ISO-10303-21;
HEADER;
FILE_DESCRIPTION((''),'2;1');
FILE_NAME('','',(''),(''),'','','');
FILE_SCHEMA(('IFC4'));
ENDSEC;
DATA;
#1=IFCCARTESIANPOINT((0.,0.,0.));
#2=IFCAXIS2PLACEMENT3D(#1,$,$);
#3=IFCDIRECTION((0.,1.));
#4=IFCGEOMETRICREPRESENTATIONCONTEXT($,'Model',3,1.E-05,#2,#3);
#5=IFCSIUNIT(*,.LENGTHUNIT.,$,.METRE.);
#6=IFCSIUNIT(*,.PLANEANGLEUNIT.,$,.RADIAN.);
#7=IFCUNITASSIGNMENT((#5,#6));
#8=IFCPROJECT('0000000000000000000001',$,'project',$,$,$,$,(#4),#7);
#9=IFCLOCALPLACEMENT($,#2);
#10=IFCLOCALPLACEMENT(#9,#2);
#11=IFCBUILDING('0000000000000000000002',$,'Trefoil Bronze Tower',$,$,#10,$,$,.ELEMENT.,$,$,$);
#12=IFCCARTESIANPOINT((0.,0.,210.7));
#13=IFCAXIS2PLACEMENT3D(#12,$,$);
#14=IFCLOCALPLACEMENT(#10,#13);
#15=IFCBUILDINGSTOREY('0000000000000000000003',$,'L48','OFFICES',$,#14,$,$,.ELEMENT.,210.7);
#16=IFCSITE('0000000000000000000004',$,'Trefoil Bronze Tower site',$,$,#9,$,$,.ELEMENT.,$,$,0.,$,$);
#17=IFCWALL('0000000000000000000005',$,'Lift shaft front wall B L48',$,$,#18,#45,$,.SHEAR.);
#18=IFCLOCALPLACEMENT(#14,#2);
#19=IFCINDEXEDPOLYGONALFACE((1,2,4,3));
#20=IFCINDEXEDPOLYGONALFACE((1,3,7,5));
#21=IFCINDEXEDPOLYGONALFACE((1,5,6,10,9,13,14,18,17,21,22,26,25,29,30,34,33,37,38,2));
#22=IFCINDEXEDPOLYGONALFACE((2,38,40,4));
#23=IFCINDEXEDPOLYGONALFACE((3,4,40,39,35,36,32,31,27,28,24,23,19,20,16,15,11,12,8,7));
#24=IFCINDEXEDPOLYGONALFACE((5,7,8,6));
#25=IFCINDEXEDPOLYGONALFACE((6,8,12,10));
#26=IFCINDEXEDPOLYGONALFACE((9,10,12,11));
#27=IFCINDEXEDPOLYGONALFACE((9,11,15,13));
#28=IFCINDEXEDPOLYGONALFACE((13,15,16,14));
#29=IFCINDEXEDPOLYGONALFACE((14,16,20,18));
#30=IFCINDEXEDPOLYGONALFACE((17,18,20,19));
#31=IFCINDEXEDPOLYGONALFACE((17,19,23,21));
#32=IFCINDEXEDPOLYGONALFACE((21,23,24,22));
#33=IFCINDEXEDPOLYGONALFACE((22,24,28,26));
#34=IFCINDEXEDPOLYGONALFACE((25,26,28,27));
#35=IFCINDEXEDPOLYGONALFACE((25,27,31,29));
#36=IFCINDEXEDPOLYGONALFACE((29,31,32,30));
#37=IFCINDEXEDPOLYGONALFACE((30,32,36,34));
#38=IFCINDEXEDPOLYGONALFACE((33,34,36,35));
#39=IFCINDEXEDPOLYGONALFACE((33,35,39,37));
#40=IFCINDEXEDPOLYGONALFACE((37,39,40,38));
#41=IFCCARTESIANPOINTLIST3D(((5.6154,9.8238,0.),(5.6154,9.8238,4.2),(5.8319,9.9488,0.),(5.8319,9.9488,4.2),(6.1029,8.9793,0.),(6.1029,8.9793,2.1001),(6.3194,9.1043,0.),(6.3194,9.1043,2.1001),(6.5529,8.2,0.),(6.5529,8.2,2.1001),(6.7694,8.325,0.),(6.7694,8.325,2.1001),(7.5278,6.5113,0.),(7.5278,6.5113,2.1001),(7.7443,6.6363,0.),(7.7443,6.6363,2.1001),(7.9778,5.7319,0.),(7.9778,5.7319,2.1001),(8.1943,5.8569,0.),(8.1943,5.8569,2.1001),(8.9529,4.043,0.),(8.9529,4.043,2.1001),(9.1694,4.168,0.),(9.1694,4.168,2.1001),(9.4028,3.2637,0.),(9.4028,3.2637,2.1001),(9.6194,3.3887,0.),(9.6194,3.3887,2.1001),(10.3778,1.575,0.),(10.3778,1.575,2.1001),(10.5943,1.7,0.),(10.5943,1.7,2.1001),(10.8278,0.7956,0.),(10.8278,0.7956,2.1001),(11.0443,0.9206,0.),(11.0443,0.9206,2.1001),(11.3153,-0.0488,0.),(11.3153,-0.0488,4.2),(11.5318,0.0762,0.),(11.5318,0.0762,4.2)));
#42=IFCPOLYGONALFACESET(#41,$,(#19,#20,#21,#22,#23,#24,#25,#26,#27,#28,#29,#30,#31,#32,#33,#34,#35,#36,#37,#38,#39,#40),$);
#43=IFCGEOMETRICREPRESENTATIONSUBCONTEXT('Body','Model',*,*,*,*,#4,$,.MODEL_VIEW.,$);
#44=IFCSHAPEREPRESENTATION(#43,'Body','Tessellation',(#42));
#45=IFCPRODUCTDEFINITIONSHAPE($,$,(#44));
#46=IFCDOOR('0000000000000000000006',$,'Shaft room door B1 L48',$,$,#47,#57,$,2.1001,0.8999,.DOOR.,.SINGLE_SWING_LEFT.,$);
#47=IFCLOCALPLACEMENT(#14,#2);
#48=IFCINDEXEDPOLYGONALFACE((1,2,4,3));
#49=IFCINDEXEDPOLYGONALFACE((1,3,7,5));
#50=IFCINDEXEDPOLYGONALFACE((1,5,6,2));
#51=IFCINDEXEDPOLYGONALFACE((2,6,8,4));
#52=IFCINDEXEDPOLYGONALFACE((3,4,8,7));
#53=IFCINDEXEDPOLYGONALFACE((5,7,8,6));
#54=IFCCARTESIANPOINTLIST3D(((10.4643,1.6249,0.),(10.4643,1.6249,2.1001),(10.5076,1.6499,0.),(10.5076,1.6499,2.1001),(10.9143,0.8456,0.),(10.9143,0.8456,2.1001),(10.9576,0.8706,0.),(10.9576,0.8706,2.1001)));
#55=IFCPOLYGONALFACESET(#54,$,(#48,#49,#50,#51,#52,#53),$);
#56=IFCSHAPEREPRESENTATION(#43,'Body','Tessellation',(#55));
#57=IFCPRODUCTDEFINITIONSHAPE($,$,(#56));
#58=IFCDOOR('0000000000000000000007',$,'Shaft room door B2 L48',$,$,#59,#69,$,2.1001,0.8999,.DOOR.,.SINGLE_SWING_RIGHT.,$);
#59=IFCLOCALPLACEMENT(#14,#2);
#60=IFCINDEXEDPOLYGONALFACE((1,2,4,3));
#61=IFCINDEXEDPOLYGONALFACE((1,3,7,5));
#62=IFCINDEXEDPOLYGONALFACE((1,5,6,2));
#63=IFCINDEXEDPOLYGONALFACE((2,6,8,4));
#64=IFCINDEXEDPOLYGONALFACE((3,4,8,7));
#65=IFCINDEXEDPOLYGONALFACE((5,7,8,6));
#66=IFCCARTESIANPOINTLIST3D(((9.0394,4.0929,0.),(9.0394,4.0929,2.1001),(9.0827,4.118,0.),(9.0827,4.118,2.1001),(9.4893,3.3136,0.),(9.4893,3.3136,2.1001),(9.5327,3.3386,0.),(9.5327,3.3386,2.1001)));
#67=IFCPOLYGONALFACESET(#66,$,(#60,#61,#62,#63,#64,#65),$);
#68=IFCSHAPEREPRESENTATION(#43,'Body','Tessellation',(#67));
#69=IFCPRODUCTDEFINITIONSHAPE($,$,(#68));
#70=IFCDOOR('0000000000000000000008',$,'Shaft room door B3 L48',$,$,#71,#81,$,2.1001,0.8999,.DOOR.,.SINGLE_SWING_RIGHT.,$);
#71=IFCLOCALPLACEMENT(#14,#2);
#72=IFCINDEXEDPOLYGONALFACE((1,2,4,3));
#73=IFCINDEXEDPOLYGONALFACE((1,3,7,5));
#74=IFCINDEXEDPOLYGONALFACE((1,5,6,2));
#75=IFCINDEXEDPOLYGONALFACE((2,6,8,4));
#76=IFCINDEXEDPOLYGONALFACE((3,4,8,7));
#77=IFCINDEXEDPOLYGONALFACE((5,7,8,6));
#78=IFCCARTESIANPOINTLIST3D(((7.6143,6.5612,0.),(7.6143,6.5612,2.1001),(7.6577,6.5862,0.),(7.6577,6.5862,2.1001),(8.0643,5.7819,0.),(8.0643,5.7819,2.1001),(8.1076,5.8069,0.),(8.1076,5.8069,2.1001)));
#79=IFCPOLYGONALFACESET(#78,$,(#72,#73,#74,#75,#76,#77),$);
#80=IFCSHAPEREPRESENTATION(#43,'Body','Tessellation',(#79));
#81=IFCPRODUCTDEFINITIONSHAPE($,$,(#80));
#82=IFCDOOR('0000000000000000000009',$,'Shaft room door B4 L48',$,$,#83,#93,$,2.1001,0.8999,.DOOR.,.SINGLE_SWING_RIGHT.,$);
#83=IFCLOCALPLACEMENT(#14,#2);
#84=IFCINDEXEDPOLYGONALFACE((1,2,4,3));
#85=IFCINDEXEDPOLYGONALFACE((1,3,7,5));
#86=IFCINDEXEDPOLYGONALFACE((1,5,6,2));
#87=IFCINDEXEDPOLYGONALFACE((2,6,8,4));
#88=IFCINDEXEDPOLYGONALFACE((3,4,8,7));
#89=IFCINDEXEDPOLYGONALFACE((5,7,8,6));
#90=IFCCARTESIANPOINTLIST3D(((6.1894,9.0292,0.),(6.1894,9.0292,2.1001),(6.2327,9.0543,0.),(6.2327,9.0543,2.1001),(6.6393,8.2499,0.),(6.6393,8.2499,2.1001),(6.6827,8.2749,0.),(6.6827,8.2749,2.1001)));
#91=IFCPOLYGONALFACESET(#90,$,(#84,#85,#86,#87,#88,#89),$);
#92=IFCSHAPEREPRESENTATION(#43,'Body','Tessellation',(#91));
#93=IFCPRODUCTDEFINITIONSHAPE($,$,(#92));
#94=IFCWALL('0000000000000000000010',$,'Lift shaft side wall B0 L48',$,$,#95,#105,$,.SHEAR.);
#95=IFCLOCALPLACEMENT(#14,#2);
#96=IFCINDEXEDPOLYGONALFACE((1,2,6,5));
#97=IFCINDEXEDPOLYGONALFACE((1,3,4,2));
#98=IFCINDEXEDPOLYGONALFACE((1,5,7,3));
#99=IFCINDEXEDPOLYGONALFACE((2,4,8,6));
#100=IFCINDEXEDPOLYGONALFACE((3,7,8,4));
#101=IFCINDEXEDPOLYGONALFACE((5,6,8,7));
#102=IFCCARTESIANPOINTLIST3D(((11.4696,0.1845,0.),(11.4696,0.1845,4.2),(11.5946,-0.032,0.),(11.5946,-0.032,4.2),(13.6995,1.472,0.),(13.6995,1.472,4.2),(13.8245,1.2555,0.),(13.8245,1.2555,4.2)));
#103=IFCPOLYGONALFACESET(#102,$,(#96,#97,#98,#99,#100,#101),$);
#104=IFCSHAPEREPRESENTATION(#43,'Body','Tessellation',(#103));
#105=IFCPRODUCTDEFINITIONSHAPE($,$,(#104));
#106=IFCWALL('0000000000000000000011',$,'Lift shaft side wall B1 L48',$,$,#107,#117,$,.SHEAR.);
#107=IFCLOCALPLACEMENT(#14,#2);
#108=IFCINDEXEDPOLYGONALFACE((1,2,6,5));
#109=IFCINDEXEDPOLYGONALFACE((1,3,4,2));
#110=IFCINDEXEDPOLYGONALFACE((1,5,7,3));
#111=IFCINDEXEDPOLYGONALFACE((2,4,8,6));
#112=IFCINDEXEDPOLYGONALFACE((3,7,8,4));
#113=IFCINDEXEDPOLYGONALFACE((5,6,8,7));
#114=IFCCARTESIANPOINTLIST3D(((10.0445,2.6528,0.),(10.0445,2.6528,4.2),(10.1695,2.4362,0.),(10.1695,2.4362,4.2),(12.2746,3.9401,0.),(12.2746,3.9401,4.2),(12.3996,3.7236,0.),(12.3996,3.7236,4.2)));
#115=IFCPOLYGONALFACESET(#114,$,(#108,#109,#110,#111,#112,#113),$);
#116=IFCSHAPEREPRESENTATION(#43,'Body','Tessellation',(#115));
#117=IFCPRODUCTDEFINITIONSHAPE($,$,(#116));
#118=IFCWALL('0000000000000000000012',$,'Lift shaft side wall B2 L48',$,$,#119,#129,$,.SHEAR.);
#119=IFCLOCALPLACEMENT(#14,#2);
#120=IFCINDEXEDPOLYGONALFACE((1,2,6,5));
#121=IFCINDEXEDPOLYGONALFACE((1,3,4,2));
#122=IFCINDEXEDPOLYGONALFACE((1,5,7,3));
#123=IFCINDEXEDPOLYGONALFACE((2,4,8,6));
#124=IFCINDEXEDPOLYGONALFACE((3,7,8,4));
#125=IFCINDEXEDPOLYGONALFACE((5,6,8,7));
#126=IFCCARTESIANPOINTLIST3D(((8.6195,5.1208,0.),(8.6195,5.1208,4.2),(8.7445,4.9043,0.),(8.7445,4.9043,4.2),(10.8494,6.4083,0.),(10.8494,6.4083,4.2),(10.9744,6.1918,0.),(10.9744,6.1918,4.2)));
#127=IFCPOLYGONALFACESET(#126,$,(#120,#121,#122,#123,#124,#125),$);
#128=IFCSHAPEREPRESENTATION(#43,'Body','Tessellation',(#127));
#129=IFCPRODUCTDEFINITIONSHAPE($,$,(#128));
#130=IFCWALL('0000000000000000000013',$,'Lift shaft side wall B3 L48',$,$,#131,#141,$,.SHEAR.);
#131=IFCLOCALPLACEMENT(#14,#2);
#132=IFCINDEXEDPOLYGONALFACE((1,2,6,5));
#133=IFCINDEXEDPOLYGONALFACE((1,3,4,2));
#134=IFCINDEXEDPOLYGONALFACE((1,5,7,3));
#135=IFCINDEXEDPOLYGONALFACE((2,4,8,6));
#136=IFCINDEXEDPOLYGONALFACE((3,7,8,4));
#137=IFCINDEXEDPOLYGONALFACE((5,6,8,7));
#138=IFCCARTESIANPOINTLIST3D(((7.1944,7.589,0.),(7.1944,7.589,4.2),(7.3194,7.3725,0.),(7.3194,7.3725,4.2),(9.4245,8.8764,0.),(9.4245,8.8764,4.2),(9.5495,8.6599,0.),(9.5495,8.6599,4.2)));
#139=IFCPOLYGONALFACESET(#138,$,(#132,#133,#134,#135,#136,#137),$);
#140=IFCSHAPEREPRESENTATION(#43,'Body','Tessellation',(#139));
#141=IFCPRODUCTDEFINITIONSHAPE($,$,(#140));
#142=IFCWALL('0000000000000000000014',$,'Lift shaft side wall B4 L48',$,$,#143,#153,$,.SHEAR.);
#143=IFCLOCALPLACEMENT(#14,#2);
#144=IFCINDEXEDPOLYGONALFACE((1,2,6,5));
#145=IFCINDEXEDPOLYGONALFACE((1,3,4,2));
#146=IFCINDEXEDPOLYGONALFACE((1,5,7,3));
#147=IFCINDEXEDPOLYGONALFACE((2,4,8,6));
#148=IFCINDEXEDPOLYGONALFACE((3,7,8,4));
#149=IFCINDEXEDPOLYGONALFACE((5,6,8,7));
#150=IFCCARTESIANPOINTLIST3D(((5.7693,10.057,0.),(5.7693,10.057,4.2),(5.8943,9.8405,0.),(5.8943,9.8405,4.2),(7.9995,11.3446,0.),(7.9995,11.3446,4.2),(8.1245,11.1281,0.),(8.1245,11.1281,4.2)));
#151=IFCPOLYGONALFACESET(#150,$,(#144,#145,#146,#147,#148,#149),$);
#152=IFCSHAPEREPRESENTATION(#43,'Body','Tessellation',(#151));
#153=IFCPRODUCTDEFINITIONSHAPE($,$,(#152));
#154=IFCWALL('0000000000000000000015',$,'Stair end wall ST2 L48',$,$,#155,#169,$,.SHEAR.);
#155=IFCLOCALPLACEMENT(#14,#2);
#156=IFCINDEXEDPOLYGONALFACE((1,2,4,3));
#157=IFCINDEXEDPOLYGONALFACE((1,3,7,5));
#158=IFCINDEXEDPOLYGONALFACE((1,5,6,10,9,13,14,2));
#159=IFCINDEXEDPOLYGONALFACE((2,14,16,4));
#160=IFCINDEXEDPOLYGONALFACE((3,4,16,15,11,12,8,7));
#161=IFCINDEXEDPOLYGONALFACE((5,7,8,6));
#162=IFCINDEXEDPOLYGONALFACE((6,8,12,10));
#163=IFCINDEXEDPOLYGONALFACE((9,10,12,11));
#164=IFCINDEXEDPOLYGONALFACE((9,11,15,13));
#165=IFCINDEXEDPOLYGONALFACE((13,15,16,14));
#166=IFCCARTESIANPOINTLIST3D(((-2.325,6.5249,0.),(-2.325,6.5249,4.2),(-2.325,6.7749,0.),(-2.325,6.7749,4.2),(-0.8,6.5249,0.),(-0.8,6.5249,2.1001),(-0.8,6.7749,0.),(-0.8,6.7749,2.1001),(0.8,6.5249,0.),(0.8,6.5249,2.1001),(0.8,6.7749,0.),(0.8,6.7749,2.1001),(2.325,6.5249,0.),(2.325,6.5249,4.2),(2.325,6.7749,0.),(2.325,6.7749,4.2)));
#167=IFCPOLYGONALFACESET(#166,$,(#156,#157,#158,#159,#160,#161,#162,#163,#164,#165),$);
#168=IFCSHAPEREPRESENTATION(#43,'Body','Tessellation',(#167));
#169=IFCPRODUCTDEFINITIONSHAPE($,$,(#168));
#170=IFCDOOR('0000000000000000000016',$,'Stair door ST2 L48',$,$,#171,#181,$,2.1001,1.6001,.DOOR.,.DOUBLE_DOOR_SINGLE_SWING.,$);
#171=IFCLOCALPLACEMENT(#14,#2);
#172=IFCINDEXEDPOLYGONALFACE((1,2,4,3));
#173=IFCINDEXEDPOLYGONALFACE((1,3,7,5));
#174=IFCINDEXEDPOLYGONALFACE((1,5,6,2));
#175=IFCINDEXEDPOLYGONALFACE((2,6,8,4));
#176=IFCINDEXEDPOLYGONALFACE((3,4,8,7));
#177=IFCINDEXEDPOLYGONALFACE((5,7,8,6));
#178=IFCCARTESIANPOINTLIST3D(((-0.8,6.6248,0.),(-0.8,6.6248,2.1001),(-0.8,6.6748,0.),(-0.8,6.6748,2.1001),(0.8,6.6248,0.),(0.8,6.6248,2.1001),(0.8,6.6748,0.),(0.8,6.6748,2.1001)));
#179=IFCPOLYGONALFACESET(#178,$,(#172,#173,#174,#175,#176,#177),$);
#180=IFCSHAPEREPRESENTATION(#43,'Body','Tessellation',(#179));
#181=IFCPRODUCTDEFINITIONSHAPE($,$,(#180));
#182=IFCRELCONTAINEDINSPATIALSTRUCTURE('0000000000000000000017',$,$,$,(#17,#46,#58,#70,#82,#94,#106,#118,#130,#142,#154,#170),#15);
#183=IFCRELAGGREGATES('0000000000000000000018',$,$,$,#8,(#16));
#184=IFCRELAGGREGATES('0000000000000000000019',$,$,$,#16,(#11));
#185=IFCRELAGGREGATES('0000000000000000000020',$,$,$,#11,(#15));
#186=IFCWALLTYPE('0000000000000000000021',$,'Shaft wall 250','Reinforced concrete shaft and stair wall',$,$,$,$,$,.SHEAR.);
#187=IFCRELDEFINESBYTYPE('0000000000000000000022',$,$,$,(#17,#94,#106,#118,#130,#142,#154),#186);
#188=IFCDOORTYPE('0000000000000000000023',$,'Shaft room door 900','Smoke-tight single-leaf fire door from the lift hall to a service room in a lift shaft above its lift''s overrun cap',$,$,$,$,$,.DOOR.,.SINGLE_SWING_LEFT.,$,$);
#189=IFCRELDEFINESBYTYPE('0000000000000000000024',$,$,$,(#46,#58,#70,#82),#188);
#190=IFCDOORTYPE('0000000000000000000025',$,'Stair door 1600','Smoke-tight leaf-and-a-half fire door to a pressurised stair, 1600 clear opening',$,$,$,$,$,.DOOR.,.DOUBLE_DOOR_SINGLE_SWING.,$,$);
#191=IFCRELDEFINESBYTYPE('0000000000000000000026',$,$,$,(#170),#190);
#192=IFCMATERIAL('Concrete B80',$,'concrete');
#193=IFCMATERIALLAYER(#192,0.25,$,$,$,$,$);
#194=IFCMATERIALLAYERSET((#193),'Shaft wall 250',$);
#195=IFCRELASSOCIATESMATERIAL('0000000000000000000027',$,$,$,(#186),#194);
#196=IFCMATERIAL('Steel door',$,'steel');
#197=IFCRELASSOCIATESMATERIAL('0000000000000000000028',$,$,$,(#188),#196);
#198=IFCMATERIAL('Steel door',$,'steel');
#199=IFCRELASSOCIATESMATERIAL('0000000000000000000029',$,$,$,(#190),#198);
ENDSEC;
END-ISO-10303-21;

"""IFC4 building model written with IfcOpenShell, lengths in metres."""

from ifc_helpers import new_model, si_unit, direction, frame, frame_2d, origin, place, context, subcontext, project, spatial, rectangle, extrude, material, layer, layer_set, type_object, element, fill, save


model = new_model("IFC4")

# Units and contexts
model_context = context("Model", 3, precision=1e-05, world=origin(), true_north=direction((0.0, 1.0)))
body_context = subcontext(model_context, "Body", "Model", "MODEL_VIEW")
ifc_project = project(units=[si_unit("LENGTHUNIT", "METRE"), si_unit("PLANEANGLEUNIT", "RADIAN")], contexts=[model_context])

# Site, building, storey
site_placement = place(None, origin())
site = spatial("IfcSite", under=ifc_project, at=site_placement, Name="Trefoil Bronze Tower site", CompositionType="ELEMENT", RefElevation=0.0)
building_placement = place(site_placement, origin())
building = spatial("IfcBuilding", under=site, at=building_placement, Name="Trefoil Bronze Tower", CompositionType="ELEMENT")
storey_placement = place(building_placement, frame((0.0, 0.0, 210.7)))
storey = spatial("IfcBuildingStorey", under=building, at=storey_placement, Name="L48", Description="OFFICES", CompositionType="ELEMENT", Elevation=210.7)

# Wall, openings, doors
ifc_material_1 = material(Name="Concrete B80", Category="concrete")
ifc_layer_1 = layer(ifc_material_1, 0.25)
ifc_layer_set_1 = layer_set([ifc_layer_1], Name="Shaft wall 250")
wall_type_1 = type_object("IfcWallType", Name="Shaft wall 250", Description="Reinforced concrete shaft and stair wall", PredefinedType="SHEAR", material=ifc_layer_set_1)
wall_1_placement = place(storey_placement, frame((11.4236, 0.0137, 0.0), z_axis=(0.0, 0.0, 1.0), x_axis=(-0.500002, 0.866024, 0.0)))
wall_1 = element("IfcWall", 1, at=wall_1_placement, inside=storey, type_object=wall_type_1, Name="Lift shaft front wall B L48", PredefinedType="SHEAR", context=body_context, shape_type="SweptSolid", body=[
    extrude(rectangle(XDim=11.3999, YDim=0.25, at=frame_2d((5.7, 0.0))), origin(), (0.0, 0.0, 1.0), 4.2),
])
opening_1_placement = place(wall_1_placement, frame((0.9751, 0.0, 0.0)))
opening_1 = element("IfcOpeningElement", 2, at=opening_1_placement, cuts=wall_1, PredefinedType="OPENING", context=body_context, shape_type="SweptSolid", body=[
    extrude(rectangle(XDim=0.8999, YDim=2.1001, at=frame_2d((0.45, 1.05))), frame((0.0, 0.135, 0.0), z_axis=(0.0, -1.0, 0.0), x_axis=(1.0, 0.0, 0.0)), (0.0, 0.0, 1.0), 0.27),
])
opening_2_placement = place(wall_1_placement, frame((3.825, 0.0, 0.0)))
opening_2 = element("IfcOpeningElement", 3, at=opening_2_placement, cuts=wall_1, PredefinedType="OPENING", context=body_context, shape_type="SweptSolid", body=[
    extrude(rectangle(XDim=0.8999, YDim=2.1001, at=frame_2d((0.45, 1.05))), frame((0.0, 0.135, 0.0), z_axis=(0.0, -1.0, 0.0), x_axis=(1.0, 0.0, 0.0)), (0.0, 0.0, 1.0), 0.27),
])
opening_3_placement = place(wall_1_placement, frame((6.675, 0.0, 0.0)))
opening_3 = element("IfcOpeningElement", 4, at=opening_3_placement, cuts=wall_1, PredefinedType="OPENING", context=body_context, shape_type="SweptSolid", body=[
    extrude(rectangle(XDim=0.8999, YDim=2.1001, at=frame_2d((0.45, 1.05))), frame((0.0, 0.135, 0.0), z_axis=(0.0, -1.0, 0.0), x_axis=(1.0, 0.0, 0.0)), (0.0, 0.0, 1.0), 0.27),
])
opening_4_placement = place(wall_1_placement, frame((9.5249, 0.0, 0.0)))
opening_4 = element("IfcOpeningElement", 5, at=opening_4_placement, cuts=wall_1, PredefinedType="OPENING", context=body_context, shape_type="SweptSolid", body=[
    extrude(rectangle(XDim=0.8999, YDim=2.1001, at=frame_2d((0.45, 1.05))), frame((0.0, 0.135, 0.0), z_axis=(0.0, -1.0, 0.0), x_axis=(1.0, 0.0, 0.0)), (0.0, 0.0, 1.0), 0.27),
])
ifc_material_2 = material(Name="Steel door", Category="steel")
door_type_1 = type_object("IfcDoorType", Name="Shaft room door 900", Description="Smoke-tight single-leaf fire door from the lift hall to a service room in a lift shaft above its lift's overrun cap", OperationType="SINGLE_SWING_LEFT", PredefinedType="DOOR", material=ifc_material_2)
door_1_placement = place(opening_1_placement, frame((0.8999, 0.0, 0.0), z_axis=(0.0, 0.0, 1.0), x_axis=(-1.0, 0.0, 0.0)))
door_1 = element("IfcDoor", 6, at=door_1_placement, inside=storey, type_object=door_type_1, Name="Shaft room door B1 L48", OperationType="SINGLE_SWING_LEFT", OverallHeight=2.1001, OverallWidth=0.8999, PredefinedType="DOOR", context=body_context, shape_type="SweptSolid", body=[
    extrude(rectangle(XDim=0.8999, YDim=2.1001, at=frame_2d((0.45, 1.05))), frame((0.0, 0.0249, 0.0), z_axis=(0.0, -1.0, 0.0), x_axis=(1.0, 0.0, 0.0)), (0.0, 0.0, 1.0), 0.05),
])
fill(opening_1, door_1)
door_2_placement = place(opening_2_placement, frame((0.8999, 0.0, 0.0), z_axis=(0.0, 0.0, 1.0), x_axis=(-1.0, 0.0, 0.0)))
door_2 = element("IfcDoor", 7, at=door_2_placement, inside=storey, type_object=door_type_1, Name="Shaft room door B2 L48", OperationType="SINGLE_SWING_RIGHT", OverallHeight=2.1001, OverallWidth=0.8999, PredefinedType="DOOR", context=body_context, shape_type="SweptSolid", body=[
    extrude(rectangle(XDim=0.8999, YDim=2.1001, at=frame_2d((0.45, 1.05))), frame((0.0, 0.0249, 0.0), z_axis=(0.0, -1.0, 0.0), x_axis=(1.0, 0.0, 0.0)), (0.0, 0.0, 1.0), 0.05),
])
fill(opening_2, door_2)
door_3_placement = place(opening_3_placement, frame((0.8999, 0.0, 0.0), z_axis=(0.0, 0.0, 1.0), x_axis=(-1.0, 0.0, 0.0)))
door_3 = element("IfcDoor", 8, at=door_3_placement, inside=storey, type_object=door_type_1, Name="Shaft room door B3 L48", OperationType="SINGLE_SWING_RIGHT", OverallHeight=2.1001, OverallWidth=0.8999, PredefinedType="DOOR", context=body_context, shape_type="SweptSolid", body=[
    extrude(rectangle(XDim=0.8999, YDim=2.1001, at=frame_2d((0.45, 1.05))), frame((0.0, 0.0249, 0.0), z_axis=(0.0, -1.0, 0.0), x_axis=(1.0, 0.0, 0.0)), (0.0, 0.0, 1.0), 0.05),
])
fill(opening_3, door_3)
door_4_placement = place(opening_4_placement, frame((0.8999, 0.0, 0.0), z_axis=(0.0, 0.0, 1.0), x_axis=(-1.0, 0.0, 0.0)))
door_4 = element("IfcDoor", 9, at=door_4_placement, inside=storey, type_object=door_type_1, Name="Shaft room door B4 L48", OperationType="SINGLE_SWING_RIGHT", OverallHeight=2.1001, OverallWidth=0.8999, PredefinedType="DOOR", context=body_context, shape_type="SweptSolid", body=[
    extrude(rectangle(XDim=0.8999, YDim=2.1001, at=frame_2d((0.45, 1.05))), frame((0.0, 0.0249, 0.0), z_axis=(0.0, -1.0, 0.0), x_axis=(1.0, 0.0, 0.0)), (0.0, 0.0, 1.0), 0.05),
])
fill(opening_4, door_4)

# Walls
for number, where, z_axis, x_axis, name in (
    (10, (11.532, 0.0762, 0.0), (0.0, 0.0, 1.0), (0.866006, 0.500034, 0.0), "Lift shaft side wall B0 L48"),
    (11, (10.1069, 2.5444, 0.0), (0.0, 0.0, 1.0), (0.866047, 0.499963, 0.0), "Lift shaft side wall B1 L48"),
    (12, (8.6819, 5.0125, 0.0), (0.0, 0.0, 1.0), (0.866006, 0.500034, 0.0), "Lift shaft side wall B2 L48"),
    (13, (7.2568, 7.4807, 0.0), (0.0, 0.0, 1.0), (0.866047, 0.499963, 0.0), "Lift shaft side wall B3 L48"),
):
    element("IfcWall", number, at=place(storey_placement, frame(where, z_axis=z_axis, x_axis=x_axis)), inside=storey, type_object=wall_type_1, Name=name, PredefinedType="SHEAR", context=body_context, shape_type="SweptSolid", body=[
        extrude(rectangle(XDim=2.575, YDim=0.25, at=frame_2d((1.2876, 0.0))), origin(), (0.0, 0.0, 1.0), 4.2),
    ])
wall_2_placement = place(storey_placement, frame((5.8318, 9.9487, 0.0), z_axis=(0.0, 0.0, 1.0), x_axis=(0.866029, 0.499993, 0.0)))
element("IfcWall", 14, at=wall_2_placement, inside=storey, type_object=wall_type_1, Name="Lift shaft side wall B4 L48", PredefinedType="SHEAR", context=body_context, shape_type="SweptSolid", body=[
    extrude(rectangle(XDim=2.5752, YDim=0.25, at=frame_2d((1.2876, 0.0))), origin(), (0.0, 0.0, 1.0), 4.2),
])

# Wall, opening, door
wall_3_placement = place(storey_placement, frame((2.325, 6.6499, 0.0), z_axis=(0.0, 0.0, 1.0), x_axis=(-1.0, 0.0, 0.0)))
wall_3 = element("IfcWall", 15, at=wall_3_placement, inside=storey, type_object=wall_type_1, Name="Stair end wall ST2 L48", PredefinedType="SHEAR", context=body_context, shape_type="SweptSolid", body=[
    extrude(rectangle(XDim=4.6499, YDim=0.25, at=frame_2d((2.325, 0.0))), origin(), (0.0, 0.0, 1.0), 4.2),
])
opening_5_placement = place(wall_3_placement, frame((1.5249, 0.0, 0.0)))
opening_5 = element("IfcOpeningElement", 16, at=opening_5_placement, cuts=wall_3, PredefinedType="OPENING", context=body_context, shape_type="SweptSolid", body=[
    extrude(rectangle(XDim=1.6001, YDim=2.1001, at=frame_2d((0.8, 1.05))), frame((0.0, 0.135, 0.0), z_axis=(0.0, -1.0, 0.0), x_axis=(1.0, 0.0, 0.0)), (0.0, 0.0, 1.0), 0.27),
])
ifc_material_3 = material(Name="Steel door", Category="steel")
door_type_2 = type_object("IfcDoorType", Name="Stair door 1600", Description="Smoke-tight leaf-and-a-half fire door to a pressurised stair, 1600 clear opening", OperationType="DOUBLE_DOOR_SINGLE_SWING", PredefinedType="DOOR", material=ifc_material_3)
door_5_placement = place(opening_5_placement, frame((1.6001, 0.0, 0.0), z_axis=(0.0, 0.0, 1.0), x_axis=(-1.0, 0.0, 0.0)))
door_5 = element("IfcDoor", 17, at=door_5_placement, inside=storey, type_object=door_type_2, Name="Stair door ST2 L48", OperationType="DOUBLE_DOOR_SINGLE_SWING", OverallHeight=2.1001, OverallWidth=1.6001, PredefinedType="DOOR", context=body_context, shape_type="SweptSolid", body=[
    extrude(rectangle(XDim=1.6001, YDim=2.1001, at=frame_2d((0.8, 1.05))), frame((0.0, 0.0249, 0.0), z_axis=(0.0, -1.0, 0.0), x_axis=(1.0, 0.0, 0.0)), (0.0, 0.0, 1.0), 0.05),
])
fill(opening_5, door_5)

save(model, "model.ifc")
